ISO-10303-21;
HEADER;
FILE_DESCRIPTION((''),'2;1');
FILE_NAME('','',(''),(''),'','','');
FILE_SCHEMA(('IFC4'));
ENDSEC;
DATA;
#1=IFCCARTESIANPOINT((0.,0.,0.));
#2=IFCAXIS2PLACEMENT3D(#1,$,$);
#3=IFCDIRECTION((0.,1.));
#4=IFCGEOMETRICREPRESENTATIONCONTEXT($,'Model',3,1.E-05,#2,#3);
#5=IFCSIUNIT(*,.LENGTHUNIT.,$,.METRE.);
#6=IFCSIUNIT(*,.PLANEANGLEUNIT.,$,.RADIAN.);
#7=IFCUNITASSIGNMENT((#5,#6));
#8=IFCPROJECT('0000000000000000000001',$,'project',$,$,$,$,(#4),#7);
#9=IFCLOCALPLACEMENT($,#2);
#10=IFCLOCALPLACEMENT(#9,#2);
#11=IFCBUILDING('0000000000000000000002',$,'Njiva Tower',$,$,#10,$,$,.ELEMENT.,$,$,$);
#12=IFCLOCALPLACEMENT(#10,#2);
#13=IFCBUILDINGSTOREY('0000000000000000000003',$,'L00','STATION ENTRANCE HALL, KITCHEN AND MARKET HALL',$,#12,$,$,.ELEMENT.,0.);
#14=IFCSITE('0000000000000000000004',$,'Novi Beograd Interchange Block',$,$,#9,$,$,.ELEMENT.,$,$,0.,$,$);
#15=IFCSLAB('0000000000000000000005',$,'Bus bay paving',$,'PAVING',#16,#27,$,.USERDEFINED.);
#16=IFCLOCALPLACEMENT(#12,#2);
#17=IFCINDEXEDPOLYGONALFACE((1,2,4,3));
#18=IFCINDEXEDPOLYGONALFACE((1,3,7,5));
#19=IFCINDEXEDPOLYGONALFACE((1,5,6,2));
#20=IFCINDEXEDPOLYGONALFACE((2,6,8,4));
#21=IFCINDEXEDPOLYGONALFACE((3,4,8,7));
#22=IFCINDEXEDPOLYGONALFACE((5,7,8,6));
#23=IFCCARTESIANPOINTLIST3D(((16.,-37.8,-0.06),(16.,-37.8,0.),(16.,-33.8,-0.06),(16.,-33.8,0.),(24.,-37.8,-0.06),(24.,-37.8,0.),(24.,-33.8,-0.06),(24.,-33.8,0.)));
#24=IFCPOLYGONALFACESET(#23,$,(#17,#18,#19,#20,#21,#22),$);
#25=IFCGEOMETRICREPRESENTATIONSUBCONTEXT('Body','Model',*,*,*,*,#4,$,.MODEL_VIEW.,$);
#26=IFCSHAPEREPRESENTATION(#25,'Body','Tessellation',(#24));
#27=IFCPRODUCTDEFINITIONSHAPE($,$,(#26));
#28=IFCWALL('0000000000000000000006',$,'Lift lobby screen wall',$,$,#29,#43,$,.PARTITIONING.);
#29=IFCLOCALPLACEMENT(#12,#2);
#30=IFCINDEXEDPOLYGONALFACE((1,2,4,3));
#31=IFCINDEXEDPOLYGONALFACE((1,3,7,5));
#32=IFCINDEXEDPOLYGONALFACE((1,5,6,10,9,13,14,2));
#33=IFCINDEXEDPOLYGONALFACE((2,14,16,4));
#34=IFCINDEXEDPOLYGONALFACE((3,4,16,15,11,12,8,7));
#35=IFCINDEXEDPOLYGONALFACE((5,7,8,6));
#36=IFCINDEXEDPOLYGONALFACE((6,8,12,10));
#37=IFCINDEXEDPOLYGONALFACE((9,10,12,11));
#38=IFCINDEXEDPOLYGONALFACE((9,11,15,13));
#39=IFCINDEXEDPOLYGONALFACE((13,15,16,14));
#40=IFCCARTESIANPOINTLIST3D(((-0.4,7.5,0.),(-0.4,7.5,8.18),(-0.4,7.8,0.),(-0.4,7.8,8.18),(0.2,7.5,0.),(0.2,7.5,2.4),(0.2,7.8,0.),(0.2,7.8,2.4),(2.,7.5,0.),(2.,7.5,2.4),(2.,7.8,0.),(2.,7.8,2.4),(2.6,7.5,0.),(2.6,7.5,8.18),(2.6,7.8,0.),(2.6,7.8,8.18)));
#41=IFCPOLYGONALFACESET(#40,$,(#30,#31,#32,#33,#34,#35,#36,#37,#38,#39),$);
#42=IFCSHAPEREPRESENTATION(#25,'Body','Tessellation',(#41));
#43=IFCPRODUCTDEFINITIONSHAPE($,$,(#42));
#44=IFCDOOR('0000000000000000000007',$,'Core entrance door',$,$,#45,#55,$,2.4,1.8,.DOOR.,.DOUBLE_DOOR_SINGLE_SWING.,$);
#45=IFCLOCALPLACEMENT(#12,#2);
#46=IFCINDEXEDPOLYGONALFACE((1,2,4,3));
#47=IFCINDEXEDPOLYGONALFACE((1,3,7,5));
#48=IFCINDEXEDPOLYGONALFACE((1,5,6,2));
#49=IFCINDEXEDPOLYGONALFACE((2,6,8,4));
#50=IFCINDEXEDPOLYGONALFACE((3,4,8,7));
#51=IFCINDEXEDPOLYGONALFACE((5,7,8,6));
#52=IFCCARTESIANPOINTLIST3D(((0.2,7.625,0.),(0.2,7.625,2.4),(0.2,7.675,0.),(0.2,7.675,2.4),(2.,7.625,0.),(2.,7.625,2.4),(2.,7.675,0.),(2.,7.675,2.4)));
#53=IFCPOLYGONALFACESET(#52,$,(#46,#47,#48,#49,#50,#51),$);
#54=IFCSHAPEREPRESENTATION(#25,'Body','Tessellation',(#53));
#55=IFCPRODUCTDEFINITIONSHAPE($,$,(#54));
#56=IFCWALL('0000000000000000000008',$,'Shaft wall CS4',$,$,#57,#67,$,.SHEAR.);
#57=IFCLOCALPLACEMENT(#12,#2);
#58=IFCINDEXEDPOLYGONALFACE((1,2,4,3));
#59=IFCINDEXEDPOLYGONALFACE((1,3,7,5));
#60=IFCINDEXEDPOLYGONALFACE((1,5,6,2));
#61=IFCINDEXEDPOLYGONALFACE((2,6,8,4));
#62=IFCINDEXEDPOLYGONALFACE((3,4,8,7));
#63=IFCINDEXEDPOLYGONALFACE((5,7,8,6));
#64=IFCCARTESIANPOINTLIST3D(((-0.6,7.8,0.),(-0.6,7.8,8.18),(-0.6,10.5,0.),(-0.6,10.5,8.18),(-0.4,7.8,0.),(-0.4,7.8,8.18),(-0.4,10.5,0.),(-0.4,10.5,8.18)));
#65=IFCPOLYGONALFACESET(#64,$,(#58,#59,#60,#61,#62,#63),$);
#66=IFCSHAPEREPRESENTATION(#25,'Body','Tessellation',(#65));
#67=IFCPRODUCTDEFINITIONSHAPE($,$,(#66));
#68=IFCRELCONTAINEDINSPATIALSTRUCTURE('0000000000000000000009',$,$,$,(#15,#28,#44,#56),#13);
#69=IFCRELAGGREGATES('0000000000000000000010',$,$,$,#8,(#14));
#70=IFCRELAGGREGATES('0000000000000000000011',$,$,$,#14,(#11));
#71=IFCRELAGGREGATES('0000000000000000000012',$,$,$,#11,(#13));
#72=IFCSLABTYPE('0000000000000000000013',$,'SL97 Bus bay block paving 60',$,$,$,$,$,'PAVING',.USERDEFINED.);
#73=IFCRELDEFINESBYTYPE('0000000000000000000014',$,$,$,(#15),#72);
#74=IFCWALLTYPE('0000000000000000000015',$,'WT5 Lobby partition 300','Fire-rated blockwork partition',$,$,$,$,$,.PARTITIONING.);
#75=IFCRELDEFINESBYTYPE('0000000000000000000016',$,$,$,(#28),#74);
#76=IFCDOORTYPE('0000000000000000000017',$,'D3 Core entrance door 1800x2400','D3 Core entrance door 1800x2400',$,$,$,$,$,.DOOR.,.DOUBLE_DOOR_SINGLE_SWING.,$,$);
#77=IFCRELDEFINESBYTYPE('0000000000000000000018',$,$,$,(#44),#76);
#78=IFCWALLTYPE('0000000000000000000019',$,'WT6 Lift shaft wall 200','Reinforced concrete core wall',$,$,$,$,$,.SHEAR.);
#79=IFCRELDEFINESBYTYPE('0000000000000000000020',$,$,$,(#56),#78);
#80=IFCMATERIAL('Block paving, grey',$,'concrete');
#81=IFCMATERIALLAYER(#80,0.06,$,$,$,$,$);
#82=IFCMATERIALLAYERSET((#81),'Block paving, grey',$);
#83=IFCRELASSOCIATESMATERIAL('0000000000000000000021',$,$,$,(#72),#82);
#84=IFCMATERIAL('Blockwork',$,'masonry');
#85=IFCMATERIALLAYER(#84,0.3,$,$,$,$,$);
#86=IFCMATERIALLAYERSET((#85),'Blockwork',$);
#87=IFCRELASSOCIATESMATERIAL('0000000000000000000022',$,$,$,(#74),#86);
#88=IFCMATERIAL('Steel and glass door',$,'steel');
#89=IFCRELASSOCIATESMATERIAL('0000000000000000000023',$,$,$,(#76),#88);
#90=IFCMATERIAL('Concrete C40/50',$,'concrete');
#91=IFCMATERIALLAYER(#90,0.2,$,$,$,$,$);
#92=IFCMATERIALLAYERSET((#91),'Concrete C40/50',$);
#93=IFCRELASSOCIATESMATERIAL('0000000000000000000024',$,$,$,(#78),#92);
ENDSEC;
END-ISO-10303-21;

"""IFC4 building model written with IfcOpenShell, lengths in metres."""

from ifc_helpers import new_model, si_unit, direction, frame, frame_2d, origin, place, context, subcontext, project, spatial, polyline, rectangle, outline, extrude, material, layer, layer_set, type_object, element, fill, save


model = new_model("IFC4")

# Units and contexts
model_context = context("Model", 3, precision=1e-05, world=origin(), true_north=direction((0.0, 1.0)))
body_context = subcontext(model_context, "Body", "Model", "MODEL_VIEW")
ifc_project = project(units=[si_unit("LENGTHUNIT", "METRE"), si_unit("PLANEANGLEUNIT", "RADIAN")], contexts=[model_context])

# Site, building, storey
site_placement = place(None, origin())
site = spatial("IfcSite", under=ifc_project, at=site_placement, Name="Novi Beograd Interchange Block", CompositionType="ELEMENT", RefElevation=0.0)
building_placement = place(site_placement, origin())
building = spatial("IfcBuilding", under=site, at=building_placement, Name="Njiva Tower", CompositionType="ELEMENT")
storey_placement = place(building_placement, origin())
storey = spatial("IfcBuildingStorey", under=building, at=storey_placement, Name="L00", Description="STATION ENTRANCE HALL, KITCHEN AND MARKET HALL", CompositionType="ELEMENT", Elevation=0.0)

# Shared definitions
ifc_material_1 = material(Name="Concrete C40/50", Category="concrete")

# Slab
ifc_material_2 = material(Name="Block paving, grey", Category="concrete")
ifc_layer_1 = layer(ifc_material_2, 0.06)
ifc_layer_set_1 = layer_set([ifc_layer_1], Name="Block paving, grey")
slab_type_1 = type_object("IfcSlabType", Name="SL97 Bus bay block paving 60", ElementType="PAVING", PredefinedType="USERDEFINED", material=ifc_layer_set_1)
slab_1_placement = place(storey_placement, frame((0.0, 0.0, -0.06)))
element("IfcSlab", 1, at=slab_1_placement, inside=storey, type_object=slab_type_1, Name="Bus bay paving", ObjectType="PAVING", PredefinedType="USERDEFINED", context=body_context, shape_type="SweptSolid", body=[
    extrude(outline(polyline([(24.0, -37.8), (24.0, -33.8), (16.0, -33.8), (16.0, -37.8), (24.0, -37.8)])), origin(), (0.0, 0.0, 1.0), 0.06),
])

# Wall, opening, door
ifc_material_3 = material(Name="Blockwork", Category="masonry")
ifc_layer_2 = layer(ifc_material_3, 0.3)
ifc_layer_set_2 = layer_set([ifc_layer_2], Name="Blockwork")
wall_type_1 = type_object("IfcWallType", Name="WT5 Lobby partition 300", Description="Fire-rated blockwork partition", PredefinedType="PARTITIONING", material=ifc_layer_set_2)
wall_1_placement = place(storey_placement, frame((-0.4, 7.65, 0.0), z_axis=(0.0, 0.0, 1.0), x_axis=(1.0, 0.0, 0.0)))
wall_1 = element("IfcWall", 2, at=wall_1_placement, inside=storey, type_object=wall_type_1, Name="Lift lobby screen wall", PredefinedType="PARTITIONING", context=body_context, shape_type="SweptSolid", body=[
    extrude(rectangle(XDim=3.0, YDim=0.3, at=frame_2d((1.5, 0.0))), origin(), (0.0, 0.0, 1.0), 8.18),
])
opening_placement = place(wall_1_placement, frame((0.6, 0.0, 0.0)))
opening = element("IfcOpeningElement", 3, at=opening_placement, cuts=wall_1, PredefinedType="OPENING", context=body_context, shape_type="SweptSolid", body=[
    extrude(rectangle(XDim=1.8, YDim=2.4, at=frame_2d((0.9, 1.2))), frame((0.0, 0.16, 0.0), z_axis=(0.0, -1.0, 0.0), x_axis=(1.0, 0.0, 0.0)), (0.0, 0.0, 1.0), 0.32),
])
ifc_material_4 = material(Name="Steel and glass door", Category="steel")
door_type = type_object("IfcDoorType", Name="D3 Core entrance door 1800x2400", Description="D3 Core entrance door 1800x2400", OperationType="DOUBLE_DOOR_SINGLE_SWING", PredefinedType="DOOR", material=ifc_material_4)
door_placement = place(opening_placement, origin())
door = element("IfcDoor", 4, at=door_placement, inside=storey, type_object=door_type, Name="Core entrance door", OperationType="DOUBLE_DOOR_SINGLE_SWING", OverallHeight=2.4, OverallWidth=1.8, PredefinedType="DOOR", context=body_context, shape_type="SweptSolid", body=[
    extrude(rectangle(XDim=1.8, YDim=2.4, at=frame_2d((0.9, 1.2))), frame((0.0, 0.025, 0.0), z_axis=(0.0, -1.0, 0.0), x_axis=(1.0, 0.0, 0.0)), (0.0, 0.0, 1.0), 0.05),
])
fill(opening, door)

# Wall
ifc_layer_3 = layer(ifc_material_1, 0.2)
ifc_layer_set_3 = layer_set([ifc_layer_3], Name="Concrete C40/50")
wall_type_2 = type_object("IfcWallType", Name="WT6 Lift shaft wall 200", Description="Reinforced concrete core wall", PredefinedType="SHEAR", material=ifc_layer_set_3)
wall_2_placement = place(storey_placement, frame((-0.5, 7.8, 0.0), z_axis=(0.0, 0.0, 1.0), x_axis=(0.0, 1.0, 0.0)))
element("IfcWall", 5, at=wall_2_placement, inside=storey, type_object=wall_type_2, Name="Shaft wall CS4", PredefinedType="SHEAR", context=body_context, shape_type="SweptSolid", body=[
    extrude(rectangle(XDim=2.7, YDim=0.2, at=frame_2d((1.35, 0.0))), origin(), (0.0, 0.0, 1.0), 8.18),
])

save(model, "model.ifc")
